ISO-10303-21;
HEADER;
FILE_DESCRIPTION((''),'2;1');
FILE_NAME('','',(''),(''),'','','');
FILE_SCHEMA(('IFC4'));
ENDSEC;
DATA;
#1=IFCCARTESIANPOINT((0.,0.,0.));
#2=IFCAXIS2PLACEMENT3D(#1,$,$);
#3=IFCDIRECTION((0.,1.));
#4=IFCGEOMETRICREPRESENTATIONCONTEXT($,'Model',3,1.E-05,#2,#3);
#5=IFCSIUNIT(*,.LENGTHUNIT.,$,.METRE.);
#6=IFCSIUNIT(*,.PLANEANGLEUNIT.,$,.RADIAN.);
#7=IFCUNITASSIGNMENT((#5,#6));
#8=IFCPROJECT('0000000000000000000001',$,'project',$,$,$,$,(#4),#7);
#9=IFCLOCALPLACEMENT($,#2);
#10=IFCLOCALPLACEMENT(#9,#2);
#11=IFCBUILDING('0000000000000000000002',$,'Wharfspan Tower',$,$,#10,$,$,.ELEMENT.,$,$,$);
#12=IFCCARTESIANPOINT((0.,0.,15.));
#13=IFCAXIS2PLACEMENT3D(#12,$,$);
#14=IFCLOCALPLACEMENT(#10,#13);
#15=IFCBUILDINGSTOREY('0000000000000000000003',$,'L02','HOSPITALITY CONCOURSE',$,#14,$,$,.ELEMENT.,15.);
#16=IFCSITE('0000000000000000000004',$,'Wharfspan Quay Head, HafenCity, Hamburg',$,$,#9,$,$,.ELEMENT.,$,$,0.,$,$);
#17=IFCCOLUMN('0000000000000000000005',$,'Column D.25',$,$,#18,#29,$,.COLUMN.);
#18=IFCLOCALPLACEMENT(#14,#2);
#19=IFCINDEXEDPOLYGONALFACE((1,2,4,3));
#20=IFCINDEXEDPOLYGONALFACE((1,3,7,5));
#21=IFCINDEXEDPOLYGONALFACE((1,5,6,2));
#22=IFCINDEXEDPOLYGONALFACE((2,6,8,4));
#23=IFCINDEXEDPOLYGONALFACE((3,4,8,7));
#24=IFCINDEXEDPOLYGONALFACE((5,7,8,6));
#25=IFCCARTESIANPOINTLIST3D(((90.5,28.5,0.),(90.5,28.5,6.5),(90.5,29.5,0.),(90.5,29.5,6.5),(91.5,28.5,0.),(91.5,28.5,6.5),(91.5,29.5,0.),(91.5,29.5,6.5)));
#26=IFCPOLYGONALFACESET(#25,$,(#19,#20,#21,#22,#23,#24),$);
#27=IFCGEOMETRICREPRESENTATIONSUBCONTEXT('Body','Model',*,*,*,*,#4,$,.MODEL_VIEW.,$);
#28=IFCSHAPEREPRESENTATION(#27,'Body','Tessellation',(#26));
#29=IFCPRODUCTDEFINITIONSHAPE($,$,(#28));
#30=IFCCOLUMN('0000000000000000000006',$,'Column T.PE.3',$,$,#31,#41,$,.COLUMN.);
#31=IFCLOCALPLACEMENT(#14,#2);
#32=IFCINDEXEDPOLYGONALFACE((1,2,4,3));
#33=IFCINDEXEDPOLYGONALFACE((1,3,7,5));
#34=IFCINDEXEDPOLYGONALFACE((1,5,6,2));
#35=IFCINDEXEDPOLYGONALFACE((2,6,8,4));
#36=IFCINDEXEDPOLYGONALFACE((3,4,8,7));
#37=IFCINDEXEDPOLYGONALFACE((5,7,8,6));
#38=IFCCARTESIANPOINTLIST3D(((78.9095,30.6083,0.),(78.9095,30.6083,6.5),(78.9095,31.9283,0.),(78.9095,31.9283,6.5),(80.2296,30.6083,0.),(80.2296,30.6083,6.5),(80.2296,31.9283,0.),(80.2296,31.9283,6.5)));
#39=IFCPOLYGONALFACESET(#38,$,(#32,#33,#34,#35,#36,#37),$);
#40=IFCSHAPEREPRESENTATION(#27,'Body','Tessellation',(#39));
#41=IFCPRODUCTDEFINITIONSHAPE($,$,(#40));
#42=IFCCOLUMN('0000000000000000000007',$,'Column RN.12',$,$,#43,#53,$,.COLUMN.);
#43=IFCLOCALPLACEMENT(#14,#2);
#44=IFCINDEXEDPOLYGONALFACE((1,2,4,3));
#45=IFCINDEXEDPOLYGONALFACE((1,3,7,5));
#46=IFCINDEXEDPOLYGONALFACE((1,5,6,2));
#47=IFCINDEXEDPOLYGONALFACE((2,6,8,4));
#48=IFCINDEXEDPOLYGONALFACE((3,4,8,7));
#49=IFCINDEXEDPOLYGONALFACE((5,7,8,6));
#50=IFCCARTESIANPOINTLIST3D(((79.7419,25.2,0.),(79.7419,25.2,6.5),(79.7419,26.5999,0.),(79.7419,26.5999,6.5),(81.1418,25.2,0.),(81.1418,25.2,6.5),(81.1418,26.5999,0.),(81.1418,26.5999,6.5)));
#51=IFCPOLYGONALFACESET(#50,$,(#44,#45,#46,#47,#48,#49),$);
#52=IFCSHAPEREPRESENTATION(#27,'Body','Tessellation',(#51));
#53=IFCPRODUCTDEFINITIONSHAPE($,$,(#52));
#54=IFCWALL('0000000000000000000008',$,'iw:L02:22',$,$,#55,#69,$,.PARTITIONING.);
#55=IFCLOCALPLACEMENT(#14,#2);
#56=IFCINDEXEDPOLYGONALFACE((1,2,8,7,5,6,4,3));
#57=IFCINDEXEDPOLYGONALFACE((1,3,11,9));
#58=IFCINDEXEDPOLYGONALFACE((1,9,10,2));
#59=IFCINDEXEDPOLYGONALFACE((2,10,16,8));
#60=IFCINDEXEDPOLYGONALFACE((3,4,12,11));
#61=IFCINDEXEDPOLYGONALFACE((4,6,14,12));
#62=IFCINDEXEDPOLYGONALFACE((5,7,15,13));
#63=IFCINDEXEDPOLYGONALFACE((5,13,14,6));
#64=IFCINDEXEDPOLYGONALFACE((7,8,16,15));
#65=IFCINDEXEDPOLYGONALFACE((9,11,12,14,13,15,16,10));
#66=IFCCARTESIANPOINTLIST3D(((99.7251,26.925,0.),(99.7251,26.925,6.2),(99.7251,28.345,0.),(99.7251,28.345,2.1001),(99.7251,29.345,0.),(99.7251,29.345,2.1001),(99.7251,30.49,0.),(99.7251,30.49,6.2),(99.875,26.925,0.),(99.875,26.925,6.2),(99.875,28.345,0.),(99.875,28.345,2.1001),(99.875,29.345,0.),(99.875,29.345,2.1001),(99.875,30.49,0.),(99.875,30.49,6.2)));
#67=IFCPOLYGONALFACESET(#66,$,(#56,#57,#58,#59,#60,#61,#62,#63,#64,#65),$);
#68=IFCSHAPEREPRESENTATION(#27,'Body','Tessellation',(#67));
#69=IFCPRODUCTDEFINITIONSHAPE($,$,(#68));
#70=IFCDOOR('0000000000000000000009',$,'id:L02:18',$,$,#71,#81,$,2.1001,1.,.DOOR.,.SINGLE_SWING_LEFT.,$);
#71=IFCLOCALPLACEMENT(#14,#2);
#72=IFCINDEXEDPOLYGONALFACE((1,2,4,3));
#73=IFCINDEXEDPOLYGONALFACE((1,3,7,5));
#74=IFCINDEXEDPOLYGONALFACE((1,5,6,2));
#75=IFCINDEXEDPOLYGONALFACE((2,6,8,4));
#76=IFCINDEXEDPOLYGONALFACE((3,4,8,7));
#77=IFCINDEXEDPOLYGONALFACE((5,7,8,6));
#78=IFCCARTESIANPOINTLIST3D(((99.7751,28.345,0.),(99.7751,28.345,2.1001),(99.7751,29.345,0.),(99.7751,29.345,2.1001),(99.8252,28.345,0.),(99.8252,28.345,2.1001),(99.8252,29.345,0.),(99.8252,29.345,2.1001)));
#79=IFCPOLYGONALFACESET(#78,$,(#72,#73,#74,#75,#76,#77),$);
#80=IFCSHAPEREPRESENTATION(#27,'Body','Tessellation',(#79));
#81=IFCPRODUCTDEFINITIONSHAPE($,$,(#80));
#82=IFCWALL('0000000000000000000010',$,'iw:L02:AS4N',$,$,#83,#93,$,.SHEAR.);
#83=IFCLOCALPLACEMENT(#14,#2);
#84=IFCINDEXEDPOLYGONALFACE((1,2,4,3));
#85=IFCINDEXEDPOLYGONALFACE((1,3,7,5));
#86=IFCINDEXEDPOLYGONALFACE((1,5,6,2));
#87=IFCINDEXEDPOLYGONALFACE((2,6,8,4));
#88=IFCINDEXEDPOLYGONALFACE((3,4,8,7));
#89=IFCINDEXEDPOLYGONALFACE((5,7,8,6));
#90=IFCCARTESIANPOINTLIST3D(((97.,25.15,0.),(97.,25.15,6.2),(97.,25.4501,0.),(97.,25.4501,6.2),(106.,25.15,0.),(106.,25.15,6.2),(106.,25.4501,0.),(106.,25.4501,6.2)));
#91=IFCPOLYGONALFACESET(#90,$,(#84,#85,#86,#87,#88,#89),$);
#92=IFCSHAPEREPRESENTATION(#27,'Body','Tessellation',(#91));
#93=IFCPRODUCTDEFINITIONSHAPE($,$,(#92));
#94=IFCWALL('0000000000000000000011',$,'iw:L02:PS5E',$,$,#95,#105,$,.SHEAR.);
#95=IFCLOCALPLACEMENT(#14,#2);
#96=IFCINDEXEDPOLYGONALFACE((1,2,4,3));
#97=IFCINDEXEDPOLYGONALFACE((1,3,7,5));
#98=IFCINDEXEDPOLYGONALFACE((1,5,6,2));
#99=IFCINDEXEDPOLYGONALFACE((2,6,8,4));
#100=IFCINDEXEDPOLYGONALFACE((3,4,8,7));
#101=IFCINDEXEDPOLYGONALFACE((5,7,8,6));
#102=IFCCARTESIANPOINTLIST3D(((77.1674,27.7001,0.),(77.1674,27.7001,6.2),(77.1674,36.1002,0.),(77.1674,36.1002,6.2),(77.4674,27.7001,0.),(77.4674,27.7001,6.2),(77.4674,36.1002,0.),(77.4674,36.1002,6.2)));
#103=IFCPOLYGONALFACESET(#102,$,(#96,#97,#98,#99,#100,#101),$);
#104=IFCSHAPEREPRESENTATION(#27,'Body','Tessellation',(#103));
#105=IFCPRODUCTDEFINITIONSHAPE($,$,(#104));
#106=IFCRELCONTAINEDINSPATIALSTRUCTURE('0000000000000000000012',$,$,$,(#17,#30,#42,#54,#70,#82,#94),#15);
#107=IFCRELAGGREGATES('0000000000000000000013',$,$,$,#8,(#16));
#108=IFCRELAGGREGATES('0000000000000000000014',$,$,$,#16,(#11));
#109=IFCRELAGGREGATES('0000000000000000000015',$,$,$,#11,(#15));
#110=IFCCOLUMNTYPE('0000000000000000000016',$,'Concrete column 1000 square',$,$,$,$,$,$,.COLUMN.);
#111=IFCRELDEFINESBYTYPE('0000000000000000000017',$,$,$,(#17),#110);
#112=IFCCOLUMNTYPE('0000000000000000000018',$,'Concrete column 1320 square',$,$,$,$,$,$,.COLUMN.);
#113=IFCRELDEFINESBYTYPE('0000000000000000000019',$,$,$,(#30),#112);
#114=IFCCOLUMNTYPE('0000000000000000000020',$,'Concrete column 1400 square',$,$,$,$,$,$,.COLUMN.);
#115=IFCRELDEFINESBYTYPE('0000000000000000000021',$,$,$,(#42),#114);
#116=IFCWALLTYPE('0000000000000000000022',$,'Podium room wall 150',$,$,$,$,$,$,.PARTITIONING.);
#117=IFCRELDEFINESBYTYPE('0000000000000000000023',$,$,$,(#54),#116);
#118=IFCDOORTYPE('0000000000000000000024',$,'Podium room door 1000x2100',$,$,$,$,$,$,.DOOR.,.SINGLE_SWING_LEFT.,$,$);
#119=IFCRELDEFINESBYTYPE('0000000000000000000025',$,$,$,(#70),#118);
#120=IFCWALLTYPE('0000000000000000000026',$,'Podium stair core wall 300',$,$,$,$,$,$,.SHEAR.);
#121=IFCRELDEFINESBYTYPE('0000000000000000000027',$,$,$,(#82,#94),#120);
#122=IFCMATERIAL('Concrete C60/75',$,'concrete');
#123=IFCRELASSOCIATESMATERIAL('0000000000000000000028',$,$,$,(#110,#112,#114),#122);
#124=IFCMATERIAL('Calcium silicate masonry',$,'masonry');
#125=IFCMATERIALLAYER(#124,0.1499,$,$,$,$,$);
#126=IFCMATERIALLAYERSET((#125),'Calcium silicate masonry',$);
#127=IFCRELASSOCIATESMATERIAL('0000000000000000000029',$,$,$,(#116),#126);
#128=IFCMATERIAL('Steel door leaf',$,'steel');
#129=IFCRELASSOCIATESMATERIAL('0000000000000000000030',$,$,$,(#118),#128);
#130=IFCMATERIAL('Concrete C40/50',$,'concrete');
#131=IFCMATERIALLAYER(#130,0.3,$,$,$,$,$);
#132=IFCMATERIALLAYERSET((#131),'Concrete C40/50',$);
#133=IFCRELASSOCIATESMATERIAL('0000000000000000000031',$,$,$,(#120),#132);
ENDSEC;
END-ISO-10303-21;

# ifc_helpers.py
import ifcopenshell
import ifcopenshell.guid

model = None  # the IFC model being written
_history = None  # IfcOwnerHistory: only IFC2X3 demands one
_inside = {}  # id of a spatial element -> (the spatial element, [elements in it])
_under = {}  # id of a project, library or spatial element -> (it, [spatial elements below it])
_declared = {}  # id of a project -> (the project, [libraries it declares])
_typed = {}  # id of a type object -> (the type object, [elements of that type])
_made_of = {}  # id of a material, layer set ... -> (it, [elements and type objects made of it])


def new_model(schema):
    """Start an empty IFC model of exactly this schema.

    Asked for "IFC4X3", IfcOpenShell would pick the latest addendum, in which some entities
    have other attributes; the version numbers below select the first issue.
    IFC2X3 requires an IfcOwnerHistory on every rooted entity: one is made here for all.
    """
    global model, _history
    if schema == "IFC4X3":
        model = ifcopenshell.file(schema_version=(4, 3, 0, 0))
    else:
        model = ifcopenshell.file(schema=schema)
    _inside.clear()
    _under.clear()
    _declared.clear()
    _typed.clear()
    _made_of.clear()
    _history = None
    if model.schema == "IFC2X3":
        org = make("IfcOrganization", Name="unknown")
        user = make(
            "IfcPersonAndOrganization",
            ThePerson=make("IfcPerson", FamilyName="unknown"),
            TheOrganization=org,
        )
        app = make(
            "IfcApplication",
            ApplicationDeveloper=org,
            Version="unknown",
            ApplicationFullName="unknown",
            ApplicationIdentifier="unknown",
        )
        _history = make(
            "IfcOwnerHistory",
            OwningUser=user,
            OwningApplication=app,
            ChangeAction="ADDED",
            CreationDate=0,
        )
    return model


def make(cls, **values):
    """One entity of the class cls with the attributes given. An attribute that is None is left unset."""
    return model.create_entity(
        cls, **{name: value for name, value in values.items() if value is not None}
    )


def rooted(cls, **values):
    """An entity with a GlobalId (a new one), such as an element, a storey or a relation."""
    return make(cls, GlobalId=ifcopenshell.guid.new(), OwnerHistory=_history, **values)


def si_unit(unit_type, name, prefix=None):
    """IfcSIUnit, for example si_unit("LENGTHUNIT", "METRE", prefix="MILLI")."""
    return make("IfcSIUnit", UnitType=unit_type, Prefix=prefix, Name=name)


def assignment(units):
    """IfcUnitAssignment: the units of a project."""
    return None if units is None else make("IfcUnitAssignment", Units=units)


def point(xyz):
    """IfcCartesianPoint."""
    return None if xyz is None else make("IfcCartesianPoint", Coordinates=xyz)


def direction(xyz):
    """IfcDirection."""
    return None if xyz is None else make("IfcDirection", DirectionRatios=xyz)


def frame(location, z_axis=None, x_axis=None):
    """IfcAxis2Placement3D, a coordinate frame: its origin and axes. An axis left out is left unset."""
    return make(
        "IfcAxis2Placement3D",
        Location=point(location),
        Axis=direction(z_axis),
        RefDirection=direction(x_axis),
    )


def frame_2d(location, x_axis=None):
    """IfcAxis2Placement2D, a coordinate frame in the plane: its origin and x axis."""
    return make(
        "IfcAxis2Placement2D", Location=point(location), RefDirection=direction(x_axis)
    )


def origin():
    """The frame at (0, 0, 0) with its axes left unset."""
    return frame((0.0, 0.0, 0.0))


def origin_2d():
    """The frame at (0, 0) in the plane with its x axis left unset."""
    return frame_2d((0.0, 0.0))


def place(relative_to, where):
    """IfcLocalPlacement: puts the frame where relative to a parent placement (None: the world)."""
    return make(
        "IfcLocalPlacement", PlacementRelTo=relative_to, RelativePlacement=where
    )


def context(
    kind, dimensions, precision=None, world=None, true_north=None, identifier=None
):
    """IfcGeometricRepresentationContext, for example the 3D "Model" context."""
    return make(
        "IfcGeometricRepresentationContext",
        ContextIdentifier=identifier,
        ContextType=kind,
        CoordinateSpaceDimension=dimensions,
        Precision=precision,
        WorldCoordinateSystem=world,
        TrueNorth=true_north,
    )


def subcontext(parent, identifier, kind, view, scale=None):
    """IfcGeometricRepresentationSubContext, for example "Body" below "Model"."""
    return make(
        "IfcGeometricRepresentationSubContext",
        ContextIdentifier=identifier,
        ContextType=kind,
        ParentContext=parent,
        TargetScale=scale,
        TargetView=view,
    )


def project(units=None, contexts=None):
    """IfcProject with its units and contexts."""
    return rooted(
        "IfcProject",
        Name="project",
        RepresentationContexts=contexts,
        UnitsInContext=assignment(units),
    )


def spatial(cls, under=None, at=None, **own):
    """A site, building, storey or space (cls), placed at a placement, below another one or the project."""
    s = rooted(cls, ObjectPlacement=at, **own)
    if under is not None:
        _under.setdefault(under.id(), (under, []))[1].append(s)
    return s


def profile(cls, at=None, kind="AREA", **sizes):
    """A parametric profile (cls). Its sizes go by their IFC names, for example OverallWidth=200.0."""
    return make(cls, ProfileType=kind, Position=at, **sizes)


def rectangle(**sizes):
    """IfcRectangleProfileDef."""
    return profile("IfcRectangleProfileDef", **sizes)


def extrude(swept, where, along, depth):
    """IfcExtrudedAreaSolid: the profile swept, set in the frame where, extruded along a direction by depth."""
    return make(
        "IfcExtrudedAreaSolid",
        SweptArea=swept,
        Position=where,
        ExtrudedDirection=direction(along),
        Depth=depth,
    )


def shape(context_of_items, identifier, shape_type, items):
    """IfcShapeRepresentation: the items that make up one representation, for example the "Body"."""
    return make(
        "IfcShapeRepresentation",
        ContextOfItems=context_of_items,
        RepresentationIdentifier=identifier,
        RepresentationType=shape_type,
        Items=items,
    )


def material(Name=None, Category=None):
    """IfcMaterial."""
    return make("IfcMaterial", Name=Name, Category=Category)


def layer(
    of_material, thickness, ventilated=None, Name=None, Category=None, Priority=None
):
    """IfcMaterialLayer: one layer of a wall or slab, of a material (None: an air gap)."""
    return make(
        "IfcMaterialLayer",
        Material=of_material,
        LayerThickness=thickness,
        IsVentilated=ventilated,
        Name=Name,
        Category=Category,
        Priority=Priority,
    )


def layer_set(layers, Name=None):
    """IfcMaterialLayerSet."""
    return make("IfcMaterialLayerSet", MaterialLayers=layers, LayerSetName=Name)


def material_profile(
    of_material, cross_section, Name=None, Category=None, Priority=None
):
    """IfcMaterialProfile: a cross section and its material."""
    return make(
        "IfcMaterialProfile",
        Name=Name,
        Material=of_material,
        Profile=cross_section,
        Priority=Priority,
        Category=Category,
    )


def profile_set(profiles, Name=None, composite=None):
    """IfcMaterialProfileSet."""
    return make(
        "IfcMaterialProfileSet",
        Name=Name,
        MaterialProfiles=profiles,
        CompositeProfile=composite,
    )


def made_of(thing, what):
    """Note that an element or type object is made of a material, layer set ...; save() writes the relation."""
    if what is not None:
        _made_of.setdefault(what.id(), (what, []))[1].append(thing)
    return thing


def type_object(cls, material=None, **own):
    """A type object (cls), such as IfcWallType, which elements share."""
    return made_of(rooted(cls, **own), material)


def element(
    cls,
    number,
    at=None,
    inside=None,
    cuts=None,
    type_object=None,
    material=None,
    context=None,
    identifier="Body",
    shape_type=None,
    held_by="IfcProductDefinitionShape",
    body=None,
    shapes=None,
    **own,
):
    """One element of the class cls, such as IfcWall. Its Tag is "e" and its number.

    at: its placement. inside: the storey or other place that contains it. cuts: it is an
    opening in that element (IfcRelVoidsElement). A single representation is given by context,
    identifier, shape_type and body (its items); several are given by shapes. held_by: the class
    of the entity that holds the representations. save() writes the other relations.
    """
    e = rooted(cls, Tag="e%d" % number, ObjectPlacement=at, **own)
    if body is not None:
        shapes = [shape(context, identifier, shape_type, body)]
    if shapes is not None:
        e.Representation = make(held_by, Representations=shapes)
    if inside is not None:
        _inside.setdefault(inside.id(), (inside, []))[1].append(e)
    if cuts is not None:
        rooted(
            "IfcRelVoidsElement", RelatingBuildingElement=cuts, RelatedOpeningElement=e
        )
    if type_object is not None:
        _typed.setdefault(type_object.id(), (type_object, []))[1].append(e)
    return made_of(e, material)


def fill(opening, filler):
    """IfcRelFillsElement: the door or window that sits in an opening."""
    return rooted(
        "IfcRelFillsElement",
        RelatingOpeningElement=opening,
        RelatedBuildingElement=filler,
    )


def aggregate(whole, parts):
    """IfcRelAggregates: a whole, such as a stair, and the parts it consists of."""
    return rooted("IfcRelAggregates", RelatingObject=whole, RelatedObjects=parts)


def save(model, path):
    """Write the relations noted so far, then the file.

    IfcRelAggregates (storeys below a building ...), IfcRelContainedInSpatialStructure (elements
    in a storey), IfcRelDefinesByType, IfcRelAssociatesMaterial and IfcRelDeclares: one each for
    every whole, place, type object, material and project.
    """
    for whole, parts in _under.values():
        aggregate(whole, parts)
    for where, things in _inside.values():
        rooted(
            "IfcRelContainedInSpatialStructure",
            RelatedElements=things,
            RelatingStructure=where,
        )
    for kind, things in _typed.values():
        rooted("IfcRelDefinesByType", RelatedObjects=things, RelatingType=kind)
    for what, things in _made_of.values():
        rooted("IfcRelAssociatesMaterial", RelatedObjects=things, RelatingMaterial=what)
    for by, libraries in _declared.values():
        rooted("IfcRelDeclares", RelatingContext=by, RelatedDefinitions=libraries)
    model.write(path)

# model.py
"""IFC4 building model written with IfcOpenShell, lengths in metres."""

from ifc_helpers import new_model, si_unit, direction, frame, frame_2d, origin, origin_2d, place, context, subcontext, project, spatial, rectangle, extrude, material, layer, layer_set, material_profile, profile_set, type_object, element, fill, save


model = new_model("IFC4")

# Units and contexts
model_context = context("Model", 3, precision=1e-05, world=origin(), true_north=direction((0.0, 1.0)))
body_context = subcontext(model_context, "Body", "Model", "MODEL_VIEW")
ifc_project = project(units=[si_unit("LENGTHUNIT", "METRE"), si_unit("PLANEANGLEUNIT", "RADIAN")], contexts=[model_context])

# Site, building, storey
site_placement = place(None, origin())
site = spatial("IfcSite", under=ifc_project, at=site_placement, Name="Wharfspan Quay Head, HafenCity, Hamburg", CompositionType="ELEMENT", RefElevation=0.0)
building_placement = place(site_placement, origin())
building = spatial("IfcBuilding", under=site, at=building_placement, Name="Wharfspan Tower", CompositionType="ELEMENT")
storey_placement = place(building_placement, frame((0.0, 0.0, 15.0)))
storey = spatial("IfcBuildingStorey", under=building, at=storey_placement, Name="L02", Description="HOSPITALITY CONCOURSE", CompositionType="ELEMENT", Elevation=15.0)

# Columns
ifc_material_1 = material(Name="Concrete C60/75", Category="concrete")
ifc_material_profile_1 = material_profile(ifc_material_1, rectangle(XDim=1.0, YDim=1.0, at=origin_2d()))
ifc_profile_set_1 = profile_set([ifc_material_profile_1], Name="Concrete C60/75")
column_type_1 = type_object("IfcColumnType", Name="Concrete column 1000 square", PredefinedType="COLUMN", material=ifc_profile_set_1)
column_1_placement = place(storey_placement, frame((91.0, 29.0, 0.0), z_axis=(0.0, 0.0, 1.0), x_axis=(1.0, 0.0, 0.0)))
element("IfcColumn", 1, at=column_1_placement, inside=storey, type_object=column_type_1, Name="Column D.25", PredefinedType="COLUMN", context=body_context, shape_type="SweptSolid", body=[
    extrude(rectangle(XDim=1.0, YDim=1.0, at=origin_2d()), origin(), (0.0, 0.0, 1.0), 6.5),
])
ifc_material_profile_2 = material_profile(ifc_material_1, rectangle(XDim=1.3201, YDim=1.3201, at=origin_2d()))
ifc_profile_set_2 = profile_set([ifc_material_profile_2], Name="Concrete C60/75")
column_type_2 = type_object("IfcColumnType", Name="Concrete column 1320 square", PredefinedType="COLUMN", material=ifc_profile_set_2)
column_2_placement = place(storey_placement, frame((79.5696, 31.2683, 0.0), z_axis=(0.0, 0.0, 1.0), x_axis=(1.0, 0.0, 0.0)))
element("IfcColumn", 2, at=column_2_placement, inside=storey, type_object=column_type_2, Name="Column T.PE.3", PredefinedType="COLUMN", context=body_context, shape_type="SweptSolid", body=[
    extrude(rectangle(XDim=1.3201, YDim=1.3201, at=origin_2d()), origin(), (0.0, 0.0, 1.0), 6.5),
])
ifc_material_profile_3 = material_profile(ifc_material_1, rectangle(XDim=1.3999, YDim=1.3999, at=origin_2d()))
ifc_profile_set_3 = profile_set([ifc_material_profile_3], Name="Concrete C60/75")
column_type_3 = type_object("IfcColumnType", Name="Concrete column 1400 square", PredefinedType="COLUMN", material=ifc_profile_set_3)
column_3_placement = place(storey_placement, frame((80.4419, 25.8999, 0.0), z_axis=(0.0, 0.0, 1.0), x_axis=(1.0, 0.0, 0.0)))
element("IfcColumn", 3, at=column_3_placement, inside=storey, type_object=column_type_3, Name="Column RN.12", PredefinedType="COLUMN", context=body_context, shape_type="SweptSolid", body=[
    extrude(rectangle(XDim=1.3999, YDim=1.3999, at=origin_2d()), origin(), (0.0, 0.0, 1.0), 6.5),
])

# Wall, opening, door
ifc_material_2 = material(Name="Calcium silicate masonry", Category="masonry")
ifc_layer_1 = layer(ifc_material_2, 0.1499)
ifc_layer_set_1 = layer_set([ifc_layer_1], Name="Calcium silicate masonry")
wall_type_1 = type_object("IfcWallType", Name="Podium room wall 150", PredefinedType="PARTITIONING", material=ifc_layer_set_1)
wall_1_placement = place(storey_placement, frame((99.8, 26.925, 0.0), z_axis=(0.0, 0.0, 1.0), x_axis=(0.0, 1.0, 0.0)))
wall_1 = element("IfcWall", 4, at=wall_1_placement, inside=storey, type_object=wall_type_1, Name="iw:L02:22", PredefinedType="PARTITIONING", context=body_context, shape_type="SweptSolid", body=[
    extrude(rectangle(XDim=3.5649, YDim=0.1499, at=frame_2d((1.7825, 0.0))), origin(), (0.0, 0.0, 1.0), 6.2),
])
opening_placement = place(wall_1_placement, frame((1.4199, 0.0, 0.0)))
opening = element("IfcOpeningElement", 5, at=opening_placement, cuts=wall_1, PredefinedType="OPENING", context=body_context, shape_type="SweptSolid", body=[
    extrude(rectangle(XDim=1.0, YDim=2.1001, at=frame_2d((0.5, 1.05))), frame((0.0, 0.085, 0.0), z_axis=(0.0, -1.0, 0.0), x_axis=(1.0, 0.0, 0.0)), (0.0, 0.0, 1.0), 0.1699),
])
ifc_material_3 = material(Name="Steel door leaf", Category="steel")
door_type = type_object("IfcDoorType", Name="Podium room door 1000x2100", OperationType="SINGLE_SWING_LEFT", PredefinedType="DOOR", material=ifc_material_3)
door_placement = place(opening_placement, origin())
door = element("IfcDoor", 6, at=door_placement, inside=storey, type_object=door_type, Name="id:L02:18", OperationType="SINGLE_SWING_LEFT", OverallHeight=2.1001, OverallWidth=1.0, PredefinedType="DOOR", context=body_context, shape_type="SweptSolid", body=[
    extrude(rectangle(XDim=1.0, YDim=2.1001, at=frame_2d((0.5, 1.05))), frame((0.0, 0.0249, 0.0), z_axis=(0.0, -1.0, 0.0), x_axis=(1.0, 0.0, 0.0)), (0.0, 0.0, 1.0), 0.05),
])
fill(opening, door)

# Walls
ifc_material_4 = material(Name="Concrete C40/50", Category="concrete")
ifc_layer_2 = layer(ifc_material_4, 0.3)
ifc_layer_set_2 = layer_set([ifc_layer_2], Name="Concrete C40/50")
wall_type_2 = type_object("IfcWallType", Name="Podium stair core wall 300", PredefinedType="SHEAR", material=ifc_layer_set_2)
wall_2_placement = place(storey_placement, frame((97.0, 25.3, 0.0), z_axis=(0.0, 0.0, 1.0), x_axis=(1.0, 0.0, 0.0)))
element("IfcWall", 7, at=wall_2_placement, inside=storey, type_object=wall_type_2, Name="iw:L02:AS4N", PredefinedType="SHEAR", context=body_context, shape_type="SweptSolid", body=[
    extrude(rectangle(XDim=9.0, YDim=0.3, at=frame_2d((4.5, 0.0))), origin(), (0.0, 0.0, 1.0), 6.2),
])
wall_3_placement = place(storey_placement, frame((77.3174, 27.7, 0.0), z_axis=(0.0, 0.0, 1.0), x_axis=(0.0, 1.0, 0.0)))
element("IfcWall", 8, at=wall_3_placement, inside=storey, type_object=wall_type_2, Name="iw:L02:PS5E", PredefinedType="SHEAR", context=body_context, shape_type="SweptSolid", body=[
    extrude(rectangle(XDim=8.4001, YDim=0.3, at=frame_2d((4.2002, 0.0))), origin(), (0.0, 0.0, 1.0), 6.2),
])

save(model, "model.ifc")
